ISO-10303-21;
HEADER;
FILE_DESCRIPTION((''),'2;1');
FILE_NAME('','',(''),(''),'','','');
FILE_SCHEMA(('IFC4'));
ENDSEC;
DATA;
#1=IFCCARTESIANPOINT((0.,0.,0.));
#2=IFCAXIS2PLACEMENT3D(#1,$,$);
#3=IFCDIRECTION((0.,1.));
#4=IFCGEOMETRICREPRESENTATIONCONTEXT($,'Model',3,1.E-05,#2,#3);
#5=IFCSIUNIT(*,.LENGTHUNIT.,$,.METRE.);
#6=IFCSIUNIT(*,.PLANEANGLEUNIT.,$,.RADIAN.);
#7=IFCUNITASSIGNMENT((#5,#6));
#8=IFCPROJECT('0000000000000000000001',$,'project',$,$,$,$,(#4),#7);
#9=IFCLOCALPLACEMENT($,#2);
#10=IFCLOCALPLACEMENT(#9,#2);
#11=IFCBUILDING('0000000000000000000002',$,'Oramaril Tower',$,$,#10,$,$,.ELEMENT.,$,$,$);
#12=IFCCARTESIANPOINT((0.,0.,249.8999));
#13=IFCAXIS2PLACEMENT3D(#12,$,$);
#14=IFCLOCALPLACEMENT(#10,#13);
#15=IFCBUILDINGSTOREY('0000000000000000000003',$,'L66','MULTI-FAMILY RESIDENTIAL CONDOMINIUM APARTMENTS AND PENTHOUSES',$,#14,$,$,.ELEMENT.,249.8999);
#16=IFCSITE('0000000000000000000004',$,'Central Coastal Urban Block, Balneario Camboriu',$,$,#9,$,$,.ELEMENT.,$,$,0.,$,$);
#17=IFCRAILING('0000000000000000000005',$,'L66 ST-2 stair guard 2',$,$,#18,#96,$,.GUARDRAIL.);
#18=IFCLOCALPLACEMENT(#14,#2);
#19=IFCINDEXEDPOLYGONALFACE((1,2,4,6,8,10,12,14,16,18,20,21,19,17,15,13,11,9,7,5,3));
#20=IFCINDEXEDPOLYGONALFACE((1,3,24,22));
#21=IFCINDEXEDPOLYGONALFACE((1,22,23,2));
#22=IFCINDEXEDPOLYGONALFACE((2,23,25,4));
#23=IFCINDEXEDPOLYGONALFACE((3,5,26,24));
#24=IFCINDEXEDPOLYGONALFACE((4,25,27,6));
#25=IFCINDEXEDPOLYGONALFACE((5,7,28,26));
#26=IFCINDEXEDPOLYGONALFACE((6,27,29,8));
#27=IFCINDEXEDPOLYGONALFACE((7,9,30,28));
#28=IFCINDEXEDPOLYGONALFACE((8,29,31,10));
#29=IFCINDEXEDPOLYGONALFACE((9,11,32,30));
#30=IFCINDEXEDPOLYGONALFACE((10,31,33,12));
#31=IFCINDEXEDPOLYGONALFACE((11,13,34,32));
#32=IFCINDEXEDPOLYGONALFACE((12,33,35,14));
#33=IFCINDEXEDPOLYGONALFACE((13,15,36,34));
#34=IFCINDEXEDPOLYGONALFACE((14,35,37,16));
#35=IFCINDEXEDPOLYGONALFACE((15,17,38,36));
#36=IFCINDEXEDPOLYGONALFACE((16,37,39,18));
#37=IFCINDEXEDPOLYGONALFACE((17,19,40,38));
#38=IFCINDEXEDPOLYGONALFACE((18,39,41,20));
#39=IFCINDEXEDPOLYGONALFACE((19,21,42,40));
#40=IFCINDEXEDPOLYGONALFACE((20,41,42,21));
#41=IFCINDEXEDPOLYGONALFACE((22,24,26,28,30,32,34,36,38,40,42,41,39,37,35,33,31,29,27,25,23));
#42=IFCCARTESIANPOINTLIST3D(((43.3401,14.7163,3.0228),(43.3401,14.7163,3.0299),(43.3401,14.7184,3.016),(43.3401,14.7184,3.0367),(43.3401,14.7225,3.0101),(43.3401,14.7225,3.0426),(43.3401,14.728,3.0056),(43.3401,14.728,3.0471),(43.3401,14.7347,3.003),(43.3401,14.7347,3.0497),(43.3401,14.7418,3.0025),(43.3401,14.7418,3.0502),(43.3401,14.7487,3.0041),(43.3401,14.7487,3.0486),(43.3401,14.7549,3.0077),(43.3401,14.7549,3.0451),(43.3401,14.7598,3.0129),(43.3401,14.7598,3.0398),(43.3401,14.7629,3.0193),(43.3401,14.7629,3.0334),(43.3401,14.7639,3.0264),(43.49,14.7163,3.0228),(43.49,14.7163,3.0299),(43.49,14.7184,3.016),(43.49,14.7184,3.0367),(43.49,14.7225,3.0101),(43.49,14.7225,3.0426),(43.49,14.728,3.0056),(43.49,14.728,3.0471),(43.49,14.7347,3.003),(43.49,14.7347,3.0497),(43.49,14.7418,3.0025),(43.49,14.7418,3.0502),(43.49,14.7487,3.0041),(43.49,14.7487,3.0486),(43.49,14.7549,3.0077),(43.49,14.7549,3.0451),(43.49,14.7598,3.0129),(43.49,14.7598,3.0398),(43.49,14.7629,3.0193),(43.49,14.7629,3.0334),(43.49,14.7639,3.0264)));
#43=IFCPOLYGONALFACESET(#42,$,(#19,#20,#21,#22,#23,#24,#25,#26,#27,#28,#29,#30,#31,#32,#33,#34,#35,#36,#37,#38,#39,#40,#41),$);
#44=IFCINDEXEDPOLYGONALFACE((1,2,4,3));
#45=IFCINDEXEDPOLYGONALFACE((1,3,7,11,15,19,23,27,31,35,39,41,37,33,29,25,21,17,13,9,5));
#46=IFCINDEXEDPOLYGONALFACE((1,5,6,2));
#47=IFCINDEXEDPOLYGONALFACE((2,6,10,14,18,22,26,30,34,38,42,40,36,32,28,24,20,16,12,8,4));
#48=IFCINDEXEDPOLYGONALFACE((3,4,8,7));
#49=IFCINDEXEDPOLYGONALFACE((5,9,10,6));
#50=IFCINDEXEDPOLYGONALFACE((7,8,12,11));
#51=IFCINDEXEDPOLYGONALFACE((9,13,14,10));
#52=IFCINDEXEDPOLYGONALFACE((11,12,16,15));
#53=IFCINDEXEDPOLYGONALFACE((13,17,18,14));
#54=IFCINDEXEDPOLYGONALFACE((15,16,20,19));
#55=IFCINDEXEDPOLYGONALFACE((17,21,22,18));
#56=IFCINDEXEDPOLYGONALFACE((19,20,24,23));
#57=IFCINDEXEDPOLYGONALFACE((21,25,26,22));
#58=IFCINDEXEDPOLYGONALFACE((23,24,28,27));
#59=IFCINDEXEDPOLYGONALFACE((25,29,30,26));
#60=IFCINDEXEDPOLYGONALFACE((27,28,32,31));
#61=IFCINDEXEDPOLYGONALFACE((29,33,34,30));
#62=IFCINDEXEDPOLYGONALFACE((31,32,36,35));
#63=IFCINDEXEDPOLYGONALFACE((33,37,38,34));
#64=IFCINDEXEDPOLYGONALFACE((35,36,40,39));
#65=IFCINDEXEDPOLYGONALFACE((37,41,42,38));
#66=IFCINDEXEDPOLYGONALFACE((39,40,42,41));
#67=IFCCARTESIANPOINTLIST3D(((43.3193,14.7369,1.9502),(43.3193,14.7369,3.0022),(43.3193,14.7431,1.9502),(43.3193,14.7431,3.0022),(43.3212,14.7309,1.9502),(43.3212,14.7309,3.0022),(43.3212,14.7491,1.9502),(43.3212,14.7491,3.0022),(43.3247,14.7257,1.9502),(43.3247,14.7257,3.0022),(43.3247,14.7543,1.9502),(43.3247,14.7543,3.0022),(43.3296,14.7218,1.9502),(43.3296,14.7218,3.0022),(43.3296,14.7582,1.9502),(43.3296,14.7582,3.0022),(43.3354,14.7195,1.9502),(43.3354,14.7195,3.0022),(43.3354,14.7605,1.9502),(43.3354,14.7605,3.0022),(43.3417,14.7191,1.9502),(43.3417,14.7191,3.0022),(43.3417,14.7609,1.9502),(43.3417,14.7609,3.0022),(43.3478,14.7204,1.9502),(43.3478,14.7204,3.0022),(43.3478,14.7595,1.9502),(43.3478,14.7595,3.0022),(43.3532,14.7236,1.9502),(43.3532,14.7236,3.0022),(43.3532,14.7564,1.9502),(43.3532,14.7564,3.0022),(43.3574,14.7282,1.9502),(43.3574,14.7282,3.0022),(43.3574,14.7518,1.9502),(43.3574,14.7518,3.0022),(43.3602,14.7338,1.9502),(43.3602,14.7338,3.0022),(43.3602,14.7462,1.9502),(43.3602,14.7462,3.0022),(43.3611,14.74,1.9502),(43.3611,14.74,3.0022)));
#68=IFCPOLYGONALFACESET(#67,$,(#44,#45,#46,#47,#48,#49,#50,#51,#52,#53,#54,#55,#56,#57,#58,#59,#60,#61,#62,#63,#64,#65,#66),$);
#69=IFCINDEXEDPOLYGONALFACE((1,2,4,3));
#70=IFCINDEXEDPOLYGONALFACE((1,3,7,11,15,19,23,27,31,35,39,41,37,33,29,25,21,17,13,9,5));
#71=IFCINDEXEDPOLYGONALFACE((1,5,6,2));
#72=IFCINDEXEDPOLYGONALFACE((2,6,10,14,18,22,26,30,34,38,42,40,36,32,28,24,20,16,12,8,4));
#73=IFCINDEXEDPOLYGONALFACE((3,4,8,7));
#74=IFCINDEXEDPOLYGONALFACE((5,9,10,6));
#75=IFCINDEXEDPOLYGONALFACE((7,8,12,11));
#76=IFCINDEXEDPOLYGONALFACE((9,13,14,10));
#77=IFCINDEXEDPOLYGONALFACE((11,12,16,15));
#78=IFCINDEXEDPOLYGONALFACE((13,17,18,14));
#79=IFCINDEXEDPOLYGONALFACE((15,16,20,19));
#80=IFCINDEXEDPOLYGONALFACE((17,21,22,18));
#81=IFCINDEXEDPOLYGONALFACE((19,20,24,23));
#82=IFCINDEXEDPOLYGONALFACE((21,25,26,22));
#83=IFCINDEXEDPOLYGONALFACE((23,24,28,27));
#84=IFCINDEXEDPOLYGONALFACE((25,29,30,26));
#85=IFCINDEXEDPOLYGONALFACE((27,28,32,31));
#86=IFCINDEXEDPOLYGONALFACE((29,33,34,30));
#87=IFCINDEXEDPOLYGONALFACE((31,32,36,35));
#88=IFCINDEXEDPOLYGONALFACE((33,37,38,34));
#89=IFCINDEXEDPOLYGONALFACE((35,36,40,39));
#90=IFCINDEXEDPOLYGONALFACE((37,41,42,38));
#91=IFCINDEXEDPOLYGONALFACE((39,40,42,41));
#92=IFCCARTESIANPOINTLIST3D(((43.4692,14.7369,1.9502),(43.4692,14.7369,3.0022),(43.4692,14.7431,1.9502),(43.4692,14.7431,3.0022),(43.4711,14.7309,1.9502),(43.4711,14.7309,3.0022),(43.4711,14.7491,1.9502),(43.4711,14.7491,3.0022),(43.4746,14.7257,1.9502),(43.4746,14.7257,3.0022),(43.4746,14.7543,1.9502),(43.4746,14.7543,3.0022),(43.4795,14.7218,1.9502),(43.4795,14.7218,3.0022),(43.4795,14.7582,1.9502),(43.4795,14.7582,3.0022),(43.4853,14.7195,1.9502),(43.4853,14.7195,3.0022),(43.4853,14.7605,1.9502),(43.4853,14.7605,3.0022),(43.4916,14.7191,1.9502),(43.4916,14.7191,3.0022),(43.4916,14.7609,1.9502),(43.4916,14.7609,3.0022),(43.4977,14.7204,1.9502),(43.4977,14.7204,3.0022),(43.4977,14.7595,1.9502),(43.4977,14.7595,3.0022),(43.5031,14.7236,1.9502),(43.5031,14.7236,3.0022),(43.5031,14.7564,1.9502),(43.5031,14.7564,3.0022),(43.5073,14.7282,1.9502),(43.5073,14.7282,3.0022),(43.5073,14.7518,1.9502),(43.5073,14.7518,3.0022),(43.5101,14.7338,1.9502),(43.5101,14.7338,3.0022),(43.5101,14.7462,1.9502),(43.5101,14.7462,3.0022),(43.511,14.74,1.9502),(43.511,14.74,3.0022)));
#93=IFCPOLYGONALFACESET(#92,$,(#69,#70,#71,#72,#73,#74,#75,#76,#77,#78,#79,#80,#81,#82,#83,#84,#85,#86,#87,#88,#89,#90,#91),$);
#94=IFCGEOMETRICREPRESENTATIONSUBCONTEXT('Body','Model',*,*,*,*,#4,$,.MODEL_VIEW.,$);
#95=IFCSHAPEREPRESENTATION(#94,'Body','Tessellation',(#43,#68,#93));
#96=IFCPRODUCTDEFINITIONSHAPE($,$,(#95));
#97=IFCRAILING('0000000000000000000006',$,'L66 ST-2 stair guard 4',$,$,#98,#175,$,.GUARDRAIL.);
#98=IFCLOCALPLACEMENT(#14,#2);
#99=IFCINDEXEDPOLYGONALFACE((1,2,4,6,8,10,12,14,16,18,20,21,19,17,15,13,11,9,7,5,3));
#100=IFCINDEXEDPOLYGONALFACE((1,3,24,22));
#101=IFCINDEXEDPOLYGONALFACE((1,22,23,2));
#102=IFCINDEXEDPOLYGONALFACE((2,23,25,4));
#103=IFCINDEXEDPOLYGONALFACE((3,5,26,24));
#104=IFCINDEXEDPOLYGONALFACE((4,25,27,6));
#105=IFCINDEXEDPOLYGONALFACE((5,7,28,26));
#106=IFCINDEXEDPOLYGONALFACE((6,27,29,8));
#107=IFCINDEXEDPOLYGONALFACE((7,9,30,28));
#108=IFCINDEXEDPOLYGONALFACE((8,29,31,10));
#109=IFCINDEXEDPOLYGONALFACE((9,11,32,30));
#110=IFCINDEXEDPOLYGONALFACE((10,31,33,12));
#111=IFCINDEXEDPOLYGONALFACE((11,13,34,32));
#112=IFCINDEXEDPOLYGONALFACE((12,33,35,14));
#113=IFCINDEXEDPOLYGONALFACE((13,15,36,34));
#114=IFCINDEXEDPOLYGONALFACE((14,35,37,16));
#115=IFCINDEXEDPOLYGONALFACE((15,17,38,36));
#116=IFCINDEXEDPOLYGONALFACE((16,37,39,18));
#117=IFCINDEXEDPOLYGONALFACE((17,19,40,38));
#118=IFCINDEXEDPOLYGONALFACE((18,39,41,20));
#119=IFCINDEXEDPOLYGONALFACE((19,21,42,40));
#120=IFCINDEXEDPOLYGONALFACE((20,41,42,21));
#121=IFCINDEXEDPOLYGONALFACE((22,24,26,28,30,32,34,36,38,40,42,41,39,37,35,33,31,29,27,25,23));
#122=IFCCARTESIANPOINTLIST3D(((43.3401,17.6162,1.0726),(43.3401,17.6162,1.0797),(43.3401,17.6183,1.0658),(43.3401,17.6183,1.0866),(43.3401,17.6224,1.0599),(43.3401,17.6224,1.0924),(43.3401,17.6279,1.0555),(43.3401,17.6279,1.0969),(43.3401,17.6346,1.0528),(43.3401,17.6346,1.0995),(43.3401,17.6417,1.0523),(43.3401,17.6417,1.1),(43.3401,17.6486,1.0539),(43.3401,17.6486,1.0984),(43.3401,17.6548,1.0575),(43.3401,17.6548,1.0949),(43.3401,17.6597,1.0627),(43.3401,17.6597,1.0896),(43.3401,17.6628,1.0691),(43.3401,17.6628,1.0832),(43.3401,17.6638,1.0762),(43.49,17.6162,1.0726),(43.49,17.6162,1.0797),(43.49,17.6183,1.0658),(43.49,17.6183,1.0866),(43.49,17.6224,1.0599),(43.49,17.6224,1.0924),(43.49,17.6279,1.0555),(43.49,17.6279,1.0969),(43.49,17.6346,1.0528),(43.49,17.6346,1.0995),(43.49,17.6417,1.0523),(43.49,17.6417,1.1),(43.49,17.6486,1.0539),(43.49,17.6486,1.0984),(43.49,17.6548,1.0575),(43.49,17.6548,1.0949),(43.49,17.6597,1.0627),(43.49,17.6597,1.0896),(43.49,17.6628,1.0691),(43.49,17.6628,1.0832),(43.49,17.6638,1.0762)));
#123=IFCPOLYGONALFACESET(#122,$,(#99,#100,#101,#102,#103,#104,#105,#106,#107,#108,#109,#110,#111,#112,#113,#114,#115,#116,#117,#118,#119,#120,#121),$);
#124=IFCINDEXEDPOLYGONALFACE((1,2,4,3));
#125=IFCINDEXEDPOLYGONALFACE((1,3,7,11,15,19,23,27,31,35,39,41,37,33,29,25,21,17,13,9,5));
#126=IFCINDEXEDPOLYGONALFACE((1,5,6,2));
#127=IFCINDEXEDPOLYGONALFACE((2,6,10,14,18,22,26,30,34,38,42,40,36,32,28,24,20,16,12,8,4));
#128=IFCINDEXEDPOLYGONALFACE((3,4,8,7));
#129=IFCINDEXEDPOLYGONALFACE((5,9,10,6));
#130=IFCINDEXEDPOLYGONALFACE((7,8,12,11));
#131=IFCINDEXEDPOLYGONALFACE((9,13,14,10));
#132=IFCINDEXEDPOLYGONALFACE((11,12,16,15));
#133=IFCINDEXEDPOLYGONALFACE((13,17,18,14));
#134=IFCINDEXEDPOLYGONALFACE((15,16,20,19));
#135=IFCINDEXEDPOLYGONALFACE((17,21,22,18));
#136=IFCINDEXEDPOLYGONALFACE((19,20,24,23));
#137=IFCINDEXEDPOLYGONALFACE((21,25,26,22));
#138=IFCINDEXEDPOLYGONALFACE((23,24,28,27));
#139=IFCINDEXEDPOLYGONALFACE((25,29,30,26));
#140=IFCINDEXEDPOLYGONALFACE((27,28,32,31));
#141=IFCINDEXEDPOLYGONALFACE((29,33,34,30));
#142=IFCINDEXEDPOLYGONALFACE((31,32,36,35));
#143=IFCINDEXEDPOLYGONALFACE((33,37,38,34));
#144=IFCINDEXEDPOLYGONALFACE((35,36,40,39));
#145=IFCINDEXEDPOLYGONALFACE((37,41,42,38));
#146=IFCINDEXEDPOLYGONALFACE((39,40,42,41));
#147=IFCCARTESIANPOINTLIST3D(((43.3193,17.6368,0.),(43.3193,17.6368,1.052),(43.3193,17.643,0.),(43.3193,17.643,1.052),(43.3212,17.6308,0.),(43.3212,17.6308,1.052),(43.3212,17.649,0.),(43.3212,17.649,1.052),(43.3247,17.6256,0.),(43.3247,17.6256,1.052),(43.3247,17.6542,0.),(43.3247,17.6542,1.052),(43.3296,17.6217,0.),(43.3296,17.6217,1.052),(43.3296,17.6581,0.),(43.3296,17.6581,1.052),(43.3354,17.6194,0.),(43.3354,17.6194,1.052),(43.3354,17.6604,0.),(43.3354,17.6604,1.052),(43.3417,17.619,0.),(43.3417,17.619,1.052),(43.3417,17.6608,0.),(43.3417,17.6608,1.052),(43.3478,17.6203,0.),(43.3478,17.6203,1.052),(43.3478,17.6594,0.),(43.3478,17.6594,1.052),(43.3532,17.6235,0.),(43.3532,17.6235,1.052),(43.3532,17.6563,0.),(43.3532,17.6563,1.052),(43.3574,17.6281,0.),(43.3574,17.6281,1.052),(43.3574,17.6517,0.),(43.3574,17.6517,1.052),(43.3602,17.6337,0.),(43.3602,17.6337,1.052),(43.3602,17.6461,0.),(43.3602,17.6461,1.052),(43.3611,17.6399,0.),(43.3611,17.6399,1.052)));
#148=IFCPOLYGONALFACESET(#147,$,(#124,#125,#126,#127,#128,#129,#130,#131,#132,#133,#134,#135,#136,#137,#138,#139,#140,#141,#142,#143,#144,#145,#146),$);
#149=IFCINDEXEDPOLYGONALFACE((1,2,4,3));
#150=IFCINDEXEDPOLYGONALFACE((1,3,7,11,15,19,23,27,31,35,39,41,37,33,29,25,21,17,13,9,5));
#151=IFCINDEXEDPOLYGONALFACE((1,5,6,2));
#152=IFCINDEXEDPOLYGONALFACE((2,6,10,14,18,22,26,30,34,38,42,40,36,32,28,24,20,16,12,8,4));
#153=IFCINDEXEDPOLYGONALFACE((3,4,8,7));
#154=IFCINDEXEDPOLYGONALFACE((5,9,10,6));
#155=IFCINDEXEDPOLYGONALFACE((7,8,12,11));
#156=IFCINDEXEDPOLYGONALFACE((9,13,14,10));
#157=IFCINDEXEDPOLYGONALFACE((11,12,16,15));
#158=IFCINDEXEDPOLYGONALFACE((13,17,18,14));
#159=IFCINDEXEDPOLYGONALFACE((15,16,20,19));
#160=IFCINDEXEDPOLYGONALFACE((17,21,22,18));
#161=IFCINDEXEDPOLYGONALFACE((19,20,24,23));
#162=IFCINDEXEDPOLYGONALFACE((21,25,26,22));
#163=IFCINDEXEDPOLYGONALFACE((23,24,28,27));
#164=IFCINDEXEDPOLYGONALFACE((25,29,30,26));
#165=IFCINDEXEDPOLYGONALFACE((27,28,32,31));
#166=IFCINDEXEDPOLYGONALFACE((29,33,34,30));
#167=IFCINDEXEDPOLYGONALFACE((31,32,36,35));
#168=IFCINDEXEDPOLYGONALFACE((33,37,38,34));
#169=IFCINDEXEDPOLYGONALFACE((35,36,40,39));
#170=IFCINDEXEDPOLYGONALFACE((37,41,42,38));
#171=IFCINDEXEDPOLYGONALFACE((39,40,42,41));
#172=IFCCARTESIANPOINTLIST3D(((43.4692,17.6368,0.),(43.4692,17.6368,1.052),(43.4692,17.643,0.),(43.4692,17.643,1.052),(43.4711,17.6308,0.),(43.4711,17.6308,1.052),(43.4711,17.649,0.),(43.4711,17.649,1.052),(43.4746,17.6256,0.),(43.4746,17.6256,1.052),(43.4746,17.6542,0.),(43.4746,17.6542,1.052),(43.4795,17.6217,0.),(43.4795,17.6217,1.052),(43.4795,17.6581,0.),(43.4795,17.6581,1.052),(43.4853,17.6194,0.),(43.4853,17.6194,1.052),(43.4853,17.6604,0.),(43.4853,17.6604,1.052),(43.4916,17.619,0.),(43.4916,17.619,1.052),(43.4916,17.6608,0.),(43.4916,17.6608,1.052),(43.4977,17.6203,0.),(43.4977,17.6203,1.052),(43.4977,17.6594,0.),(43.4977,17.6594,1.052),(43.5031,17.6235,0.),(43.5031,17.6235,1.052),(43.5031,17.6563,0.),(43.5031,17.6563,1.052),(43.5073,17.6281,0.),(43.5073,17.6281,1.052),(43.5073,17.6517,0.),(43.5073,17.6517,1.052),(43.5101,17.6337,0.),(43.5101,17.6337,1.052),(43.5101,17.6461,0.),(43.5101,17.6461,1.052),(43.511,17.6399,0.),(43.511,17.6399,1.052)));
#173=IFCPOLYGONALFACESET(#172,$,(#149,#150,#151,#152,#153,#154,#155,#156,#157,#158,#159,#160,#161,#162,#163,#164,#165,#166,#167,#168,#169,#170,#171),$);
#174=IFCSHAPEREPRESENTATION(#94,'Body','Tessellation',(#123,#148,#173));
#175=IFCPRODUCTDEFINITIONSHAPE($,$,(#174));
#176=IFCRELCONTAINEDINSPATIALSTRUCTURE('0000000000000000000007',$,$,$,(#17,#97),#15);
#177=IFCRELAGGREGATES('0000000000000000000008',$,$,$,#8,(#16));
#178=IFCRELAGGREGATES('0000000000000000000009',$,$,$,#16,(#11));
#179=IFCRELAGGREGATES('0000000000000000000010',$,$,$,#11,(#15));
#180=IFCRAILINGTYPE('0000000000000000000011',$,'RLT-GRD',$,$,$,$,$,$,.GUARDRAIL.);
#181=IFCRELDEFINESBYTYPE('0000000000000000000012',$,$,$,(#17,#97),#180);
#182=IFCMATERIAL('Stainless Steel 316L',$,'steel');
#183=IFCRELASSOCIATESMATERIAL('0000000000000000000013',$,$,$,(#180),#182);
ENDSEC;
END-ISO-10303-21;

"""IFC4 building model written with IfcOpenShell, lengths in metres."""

from ifc_helpers import new_model, si_unit, direction, frame, origin, origin_2d, place, context, subcontext, project, spatial, circle, extrude, material, type_object, element, save


model = new_model("IFC4")

# Units and contexts
model_context = context("Model", 3, precision=1e-05, world=origin(), true_north=direction((0.0, 1.0)))
body_context = subcontext(model_context, "Body", "Model", "MODEL_VIEW")
ifc_project = project(units=[si_unit("LENGTHUNIT", "METRE"), si_unit("PLANEANGLEUNIT", "RADIAN")], contexts=[model_context])

# Site, building, storey
site_placement = place(None, origin())
site = spatial("IfcSite", under=ifc_project, at=site_placement, Name="Central Coastal Urban Block, Balneario Camboriu", CompositionType="ELEMENT", RefElevation=0.0)
building_placement = place(site_placement, origin())
building = spatial("IfcBuilding", under=site, at=building_placement, Name="Oramaril Tower", CompositionType="ELEMENT")
storey_placement = place(building_placement, frame((0.0, 0.0, 249.8999)))
storey = spatial("IfcBuildingStorey", under=building, at=storey_placement, Name="L66", Description="MULTI-FAMILY RESIDENTIAL CONDOMINIUM APARTMENTS AND PENTHOUSES", CompositionType="ELEMENT", Elevation=249.8999)

# Railings
ifc_material_1 = material(Name="Stainless Steel 316L", Category="steel")
railing_type_1 = type_object("IfcRailingType", Name="RLT-GRD", PredefinedType="GUARDRAIL", material=ifc_material_1)
for number, where, name in (
    (1, (43.3401, 14.74, 1.9502), "L66 ST-2 stair guard 2"),
    (2, (43.3401, 17.6399, 0.0), "L66 ST-2 stair guard 4"),
):
    element("IfcRailing", number, at=place(storey_placement, frame(where)), inside=storey, type_object=railing_type_1, Name=name, PredefinedType="GUARDRAIL", context=body_context, shape_type="SweptSolid", body=[
        extrude(circle(Radius=0.0239, at=origin_2d()), frame((0.0, 0.0, 1.0762), z_axis=(1.0, 0.0, 0.0), x_axis=(0.0, 1.0, 0.0)), (0.0, 0.0, 1.0), 0.1499),
        extrude(circle(Radius=0.021, at=origin_2d()), origin(), (0.0, 0.0, 1.0), 1.052),
        extrude(circle(Radius=0.021, at=origin_2d()), frame((0.1499, 0.0, 0.0)), (0.0, 0.0, 1.0), 1.052),
    ])

save(model, "model.ifc")
